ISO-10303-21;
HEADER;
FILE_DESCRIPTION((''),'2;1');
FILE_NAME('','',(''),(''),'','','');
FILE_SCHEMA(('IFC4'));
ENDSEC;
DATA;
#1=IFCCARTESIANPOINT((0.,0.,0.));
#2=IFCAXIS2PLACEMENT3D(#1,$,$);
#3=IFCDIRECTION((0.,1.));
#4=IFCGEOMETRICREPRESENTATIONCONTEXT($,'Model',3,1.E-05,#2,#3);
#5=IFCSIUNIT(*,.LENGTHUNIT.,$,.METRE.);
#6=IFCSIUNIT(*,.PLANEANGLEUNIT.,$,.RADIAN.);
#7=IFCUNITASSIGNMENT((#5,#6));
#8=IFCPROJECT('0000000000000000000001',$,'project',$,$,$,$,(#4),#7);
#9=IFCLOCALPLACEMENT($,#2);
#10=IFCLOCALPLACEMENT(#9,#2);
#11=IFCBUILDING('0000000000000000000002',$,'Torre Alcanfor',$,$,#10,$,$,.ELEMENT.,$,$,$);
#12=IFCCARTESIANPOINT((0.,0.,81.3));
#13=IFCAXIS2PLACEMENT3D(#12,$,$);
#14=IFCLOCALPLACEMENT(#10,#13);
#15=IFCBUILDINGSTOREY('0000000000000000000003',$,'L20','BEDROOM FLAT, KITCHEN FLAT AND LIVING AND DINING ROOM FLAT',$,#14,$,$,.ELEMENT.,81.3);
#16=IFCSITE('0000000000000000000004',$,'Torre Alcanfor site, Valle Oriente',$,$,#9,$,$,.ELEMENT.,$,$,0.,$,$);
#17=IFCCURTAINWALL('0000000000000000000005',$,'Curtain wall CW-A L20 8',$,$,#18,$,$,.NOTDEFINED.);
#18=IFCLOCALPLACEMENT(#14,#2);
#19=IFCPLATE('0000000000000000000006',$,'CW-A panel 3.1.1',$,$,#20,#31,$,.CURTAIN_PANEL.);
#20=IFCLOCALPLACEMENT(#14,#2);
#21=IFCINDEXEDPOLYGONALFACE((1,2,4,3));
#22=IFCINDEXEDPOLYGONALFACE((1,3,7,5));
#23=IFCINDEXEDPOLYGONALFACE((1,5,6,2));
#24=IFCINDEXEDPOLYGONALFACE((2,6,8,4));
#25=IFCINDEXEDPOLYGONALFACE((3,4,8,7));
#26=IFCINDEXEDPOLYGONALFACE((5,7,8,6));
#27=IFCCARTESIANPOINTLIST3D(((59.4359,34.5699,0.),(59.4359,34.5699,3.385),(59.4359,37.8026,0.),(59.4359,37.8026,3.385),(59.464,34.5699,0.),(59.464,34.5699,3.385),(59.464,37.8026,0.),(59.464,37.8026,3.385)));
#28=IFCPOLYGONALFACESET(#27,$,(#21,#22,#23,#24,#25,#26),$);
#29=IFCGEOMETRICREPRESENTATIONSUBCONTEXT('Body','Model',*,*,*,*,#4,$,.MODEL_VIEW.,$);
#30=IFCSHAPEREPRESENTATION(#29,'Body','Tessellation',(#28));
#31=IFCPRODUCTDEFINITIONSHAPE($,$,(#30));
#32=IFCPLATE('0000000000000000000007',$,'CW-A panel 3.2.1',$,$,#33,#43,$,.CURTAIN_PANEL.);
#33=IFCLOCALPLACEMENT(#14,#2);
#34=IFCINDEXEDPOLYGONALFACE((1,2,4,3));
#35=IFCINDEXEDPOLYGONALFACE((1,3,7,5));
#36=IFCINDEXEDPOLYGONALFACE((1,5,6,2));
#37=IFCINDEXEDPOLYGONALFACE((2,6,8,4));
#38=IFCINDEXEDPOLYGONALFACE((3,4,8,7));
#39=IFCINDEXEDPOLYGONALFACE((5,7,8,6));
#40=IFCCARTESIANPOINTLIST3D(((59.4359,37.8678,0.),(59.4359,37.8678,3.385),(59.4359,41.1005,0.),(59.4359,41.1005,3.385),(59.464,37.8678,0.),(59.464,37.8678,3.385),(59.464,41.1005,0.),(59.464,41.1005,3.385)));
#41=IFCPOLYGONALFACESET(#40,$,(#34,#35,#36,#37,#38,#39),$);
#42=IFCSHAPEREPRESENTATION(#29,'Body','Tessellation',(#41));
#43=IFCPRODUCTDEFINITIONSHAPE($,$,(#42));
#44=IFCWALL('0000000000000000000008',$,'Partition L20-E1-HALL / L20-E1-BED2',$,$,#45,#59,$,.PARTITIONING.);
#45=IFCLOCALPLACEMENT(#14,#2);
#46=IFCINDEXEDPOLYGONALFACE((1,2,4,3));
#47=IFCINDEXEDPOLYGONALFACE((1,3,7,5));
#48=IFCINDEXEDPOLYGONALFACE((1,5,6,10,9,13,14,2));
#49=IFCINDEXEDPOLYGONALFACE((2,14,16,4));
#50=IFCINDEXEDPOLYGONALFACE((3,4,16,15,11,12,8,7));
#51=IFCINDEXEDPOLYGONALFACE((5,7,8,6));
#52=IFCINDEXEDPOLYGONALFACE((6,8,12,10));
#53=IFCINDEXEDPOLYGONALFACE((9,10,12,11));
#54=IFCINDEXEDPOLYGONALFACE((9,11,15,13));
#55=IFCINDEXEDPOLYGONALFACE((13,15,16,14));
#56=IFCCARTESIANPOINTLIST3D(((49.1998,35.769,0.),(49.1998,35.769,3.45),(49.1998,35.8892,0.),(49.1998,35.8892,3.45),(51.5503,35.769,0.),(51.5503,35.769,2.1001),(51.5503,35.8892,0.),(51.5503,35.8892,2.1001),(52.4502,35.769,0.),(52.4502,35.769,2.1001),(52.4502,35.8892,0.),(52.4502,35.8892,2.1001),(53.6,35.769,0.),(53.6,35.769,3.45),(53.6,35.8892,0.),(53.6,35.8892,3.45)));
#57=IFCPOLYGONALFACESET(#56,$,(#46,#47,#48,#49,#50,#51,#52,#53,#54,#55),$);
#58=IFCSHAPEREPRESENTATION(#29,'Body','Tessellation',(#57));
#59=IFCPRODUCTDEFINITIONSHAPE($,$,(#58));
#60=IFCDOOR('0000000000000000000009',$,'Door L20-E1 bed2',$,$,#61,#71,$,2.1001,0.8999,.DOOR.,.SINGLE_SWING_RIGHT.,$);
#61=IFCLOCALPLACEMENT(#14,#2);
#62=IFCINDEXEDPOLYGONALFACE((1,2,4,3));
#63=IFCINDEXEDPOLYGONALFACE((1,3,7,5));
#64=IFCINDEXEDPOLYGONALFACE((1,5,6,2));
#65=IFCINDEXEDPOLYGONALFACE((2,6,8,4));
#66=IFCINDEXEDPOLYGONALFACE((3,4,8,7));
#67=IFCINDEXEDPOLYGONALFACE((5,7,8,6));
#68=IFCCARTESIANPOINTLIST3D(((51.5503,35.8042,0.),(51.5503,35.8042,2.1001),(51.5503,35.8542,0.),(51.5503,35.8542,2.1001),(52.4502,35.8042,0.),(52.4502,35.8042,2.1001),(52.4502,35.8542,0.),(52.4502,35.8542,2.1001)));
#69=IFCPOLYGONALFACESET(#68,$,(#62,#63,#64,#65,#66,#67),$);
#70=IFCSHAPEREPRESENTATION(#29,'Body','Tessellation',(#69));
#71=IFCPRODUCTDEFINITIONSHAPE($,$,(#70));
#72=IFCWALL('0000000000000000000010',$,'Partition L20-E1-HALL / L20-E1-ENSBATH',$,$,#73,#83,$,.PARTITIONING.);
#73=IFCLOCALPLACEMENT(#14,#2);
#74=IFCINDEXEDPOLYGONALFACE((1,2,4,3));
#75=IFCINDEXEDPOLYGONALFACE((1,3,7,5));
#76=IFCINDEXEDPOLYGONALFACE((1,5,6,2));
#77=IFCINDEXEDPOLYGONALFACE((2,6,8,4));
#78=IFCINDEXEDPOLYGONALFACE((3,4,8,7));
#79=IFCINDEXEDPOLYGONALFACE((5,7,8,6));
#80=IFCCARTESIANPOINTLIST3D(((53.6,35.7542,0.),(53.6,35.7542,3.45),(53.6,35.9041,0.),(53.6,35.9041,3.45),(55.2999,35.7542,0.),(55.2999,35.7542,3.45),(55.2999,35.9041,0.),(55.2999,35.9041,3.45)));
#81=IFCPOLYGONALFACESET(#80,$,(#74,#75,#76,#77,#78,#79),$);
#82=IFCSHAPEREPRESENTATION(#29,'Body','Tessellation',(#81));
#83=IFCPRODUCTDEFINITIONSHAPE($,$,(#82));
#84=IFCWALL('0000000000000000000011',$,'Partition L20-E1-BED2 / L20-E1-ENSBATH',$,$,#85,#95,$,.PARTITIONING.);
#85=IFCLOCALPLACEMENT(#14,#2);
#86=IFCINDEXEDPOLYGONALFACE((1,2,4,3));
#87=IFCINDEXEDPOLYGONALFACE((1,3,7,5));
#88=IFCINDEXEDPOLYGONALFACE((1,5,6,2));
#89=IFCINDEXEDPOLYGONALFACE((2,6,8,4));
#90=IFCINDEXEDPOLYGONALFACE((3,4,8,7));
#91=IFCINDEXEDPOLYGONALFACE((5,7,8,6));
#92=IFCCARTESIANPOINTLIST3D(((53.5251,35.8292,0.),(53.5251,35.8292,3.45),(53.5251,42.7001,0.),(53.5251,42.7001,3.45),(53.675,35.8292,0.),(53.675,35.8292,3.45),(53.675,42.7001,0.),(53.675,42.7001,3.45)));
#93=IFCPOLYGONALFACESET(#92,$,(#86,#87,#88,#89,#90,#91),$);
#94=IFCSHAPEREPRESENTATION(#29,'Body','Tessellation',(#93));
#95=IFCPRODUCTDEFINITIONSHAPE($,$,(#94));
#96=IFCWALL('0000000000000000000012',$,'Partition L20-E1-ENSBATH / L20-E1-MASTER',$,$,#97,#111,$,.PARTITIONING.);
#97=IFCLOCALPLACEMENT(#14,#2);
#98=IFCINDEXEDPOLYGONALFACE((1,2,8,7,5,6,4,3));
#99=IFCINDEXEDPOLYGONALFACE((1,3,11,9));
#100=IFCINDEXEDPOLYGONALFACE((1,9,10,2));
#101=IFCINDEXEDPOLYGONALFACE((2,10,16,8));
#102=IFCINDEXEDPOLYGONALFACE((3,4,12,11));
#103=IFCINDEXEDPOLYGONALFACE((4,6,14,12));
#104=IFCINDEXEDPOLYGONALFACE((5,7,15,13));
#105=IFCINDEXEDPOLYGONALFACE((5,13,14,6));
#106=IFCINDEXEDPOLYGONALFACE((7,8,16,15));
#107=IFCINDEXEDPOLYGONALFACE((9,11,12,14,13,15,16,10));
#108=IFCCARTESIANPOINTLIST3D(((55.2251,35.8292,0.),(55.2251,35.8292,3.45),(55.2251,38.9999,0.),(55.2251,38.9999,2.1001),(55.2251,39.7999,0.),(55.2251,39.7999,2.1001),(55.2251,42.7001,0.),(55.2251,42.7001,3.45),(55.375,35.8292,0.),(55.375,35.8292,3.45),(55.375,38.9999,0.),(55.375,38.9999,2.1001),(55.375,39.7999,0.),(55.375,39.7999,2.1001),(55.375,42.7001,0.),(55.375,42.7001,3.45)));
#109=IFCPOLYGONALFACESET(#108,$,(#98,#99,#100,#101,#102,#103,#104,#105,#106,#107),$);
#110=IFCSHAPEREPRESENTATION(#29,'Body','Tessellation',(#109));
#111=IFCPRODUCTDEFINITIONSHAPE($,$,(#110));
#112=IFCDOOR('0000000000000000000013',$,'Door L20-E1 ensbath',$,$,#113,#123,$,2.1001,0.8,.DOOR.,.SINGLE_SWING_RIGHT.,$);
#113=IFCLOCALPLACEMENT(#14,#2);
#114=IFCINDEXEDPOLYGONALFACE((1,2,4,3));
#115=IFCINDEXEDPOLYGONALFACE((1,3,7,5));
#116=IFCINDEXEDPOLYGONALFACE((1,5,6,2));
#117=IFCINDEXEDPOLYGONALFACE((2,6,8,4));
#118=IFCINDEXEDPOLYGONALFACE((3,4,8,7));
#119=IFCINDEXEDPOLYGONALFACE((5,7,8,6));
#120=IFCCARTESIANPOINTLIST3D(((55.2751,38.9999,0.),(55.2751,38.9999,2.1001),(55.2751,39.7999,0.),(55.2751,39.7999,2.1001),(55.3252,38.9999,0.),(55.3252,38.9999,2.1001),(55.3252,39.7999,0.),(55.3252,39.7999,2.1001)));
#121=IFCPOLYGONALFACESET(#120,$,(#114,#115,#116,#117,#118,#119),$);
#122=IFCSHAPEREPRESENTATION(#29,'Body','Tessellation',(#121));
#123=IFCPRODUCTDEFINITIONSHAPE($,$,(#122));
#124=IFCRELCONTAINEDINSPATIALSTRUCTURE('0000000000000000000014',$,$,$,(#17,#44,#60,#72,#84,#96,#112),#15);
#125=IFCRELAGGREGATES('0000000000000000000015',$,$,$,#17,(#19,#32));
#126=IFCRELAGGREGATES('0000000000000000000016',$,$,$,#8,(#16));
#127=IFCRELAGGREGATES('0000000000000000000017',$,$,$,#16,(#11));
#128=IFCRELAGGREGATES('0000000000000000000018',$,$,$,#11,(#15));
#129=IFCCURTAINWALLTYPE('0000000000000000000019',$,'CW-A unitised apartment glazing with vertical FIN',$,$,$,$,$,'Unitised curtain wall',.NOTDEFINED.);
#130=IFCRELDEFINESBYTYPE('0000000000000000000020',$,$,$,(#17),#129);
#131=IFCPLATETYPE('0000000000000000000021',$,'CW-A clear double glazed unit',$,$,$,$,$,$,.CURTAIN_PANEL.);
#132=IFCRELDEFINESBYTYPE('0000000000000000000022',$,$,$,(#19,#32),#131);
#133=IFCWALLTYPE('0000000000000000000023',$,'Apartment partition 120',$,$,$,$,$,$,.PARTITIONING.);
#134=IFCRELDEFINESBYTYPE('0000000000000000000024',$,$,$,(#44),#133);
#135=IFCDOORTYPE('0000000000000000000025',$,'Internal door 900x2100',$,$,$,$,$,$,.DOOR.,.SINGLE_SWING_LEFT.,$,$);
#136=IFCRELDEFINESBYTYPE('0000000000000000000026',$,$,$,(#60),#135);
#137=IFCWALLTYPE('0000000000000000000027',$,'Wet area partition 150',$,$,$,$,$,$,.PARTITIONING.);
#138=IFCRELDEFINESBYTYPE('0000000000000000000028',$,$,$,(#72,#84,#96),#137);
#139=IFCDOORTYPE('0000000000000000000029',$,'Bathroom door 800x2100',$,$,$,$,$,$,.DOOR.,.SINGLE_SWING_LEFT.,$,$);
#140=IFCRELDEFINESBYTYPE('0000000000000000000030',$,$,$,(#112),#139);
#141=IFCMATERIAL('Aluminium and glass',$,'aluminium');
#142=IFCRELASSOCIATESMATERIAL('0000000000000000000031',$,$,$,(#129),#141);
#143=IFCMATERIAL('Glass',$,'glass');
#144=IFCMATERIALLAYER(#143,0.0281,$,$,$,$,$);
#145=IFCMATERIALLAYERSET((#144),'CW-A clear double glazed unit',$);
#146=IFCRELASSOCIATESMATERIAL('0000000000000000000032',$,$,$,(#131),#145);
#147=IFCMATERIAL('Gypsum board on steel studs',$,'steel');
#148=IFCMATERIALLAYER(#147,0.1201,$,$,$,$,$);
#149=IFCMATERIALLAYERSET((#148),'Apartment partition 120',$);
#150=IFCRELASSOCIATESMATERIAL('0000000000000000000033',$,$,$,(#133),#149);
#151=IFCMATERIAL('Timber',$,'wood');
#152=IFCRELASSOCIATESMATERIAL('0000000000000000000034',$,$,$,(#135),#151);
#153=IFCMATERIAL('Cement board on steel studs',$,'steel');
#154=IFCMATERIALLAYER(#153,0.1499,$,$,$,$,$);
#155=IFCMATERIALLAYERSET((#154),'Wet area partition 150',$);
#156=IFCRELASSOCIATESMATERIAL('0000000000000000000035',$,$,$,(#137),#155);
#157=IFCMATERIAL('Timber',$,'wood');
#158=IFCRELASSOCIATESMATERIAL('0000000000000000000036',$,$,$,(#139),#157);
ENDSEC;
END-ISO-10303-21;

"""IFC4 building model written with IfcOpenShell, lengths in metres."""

from ifc_helpers import new_model, si_unit, direction, frame, frame_2d, origin, origin_2d, place, context, subcontext, project, spatial, rectangle, extrude, material, layer, layer_set, type_object, element, fill, aggregate, save


model = new_model("IFC4")

# Units and contexts
model_context = context("Model", 3, precision=1e-05, world=origin(), true_north=direction((0.0, 1.0)))
body_context = subcontext(model_context, "Body", "Model", "MODEL_VIEW")
ifc_project = project(units=[si_unit("LENGTHUNIT", "METRE"), si_unit("PLANEANGLEUNIT", "RADIAN")], contexts=[model_context])

# Site, building, storey
site_placement = place(None, origin())
site = spatial("IfcSite", under=ifc_project, at=site_placement, Name="Torre Alcanfor site, Valle Oriente", CompositionType="ELEMENT", RefElevation=0.0)
building_placement = place(site_placement, origin())
building = spatial("IfcBuilding", under=site, at=building_placement, Name="Torre Alcanfor", CompositionType="ELEMENT")
storey_placement = place(building_placement, frame((0.0, 0.0, 81.3)))
storey = spatial("IfcBuildingStorey", under=building, at=storey_placement, Name="L20", Description="BEDROOM FLAT, KITCHEN FLAT AND LIVING AND DINING ROOM FLAT", CompositionType="ELEMENT", Elevation=81.3)

# Curtain wall
ifc_material_1 = material(Name="Aluminium and glass", Category="aluminium")
curtain_wall_type = type_object("IfcCurtainWallType", Name="CW-A unitised apartment glazing with vertical FIN", ElementType="Unitised curtain wall", PredefinedType="NOTDEFINED", material=ifc_material_1)
curtain_wall_placement = place(storey_placement, origin())
curtain_wall = element("IfcCurtainWall", 1, at=curtain_wall_placement, inside=storey, type_object=curtain_wall_type, Name="Curtain wall CW-A L20 8", PredefinedType="NOTDEFINED")

# Plates
ifc_material_2 = material(Name="Glass", Category="glass")
ifc_layer_1 = layer(ifc_material_2, 0.0281)
ifc_layer_set_1 = layer_set([ifc_layer_1], Name="CW-A clear double glazed unit")
plate_type = type_object("IfcPlateType", Name="CW-A clear double glazed unit", PredefinedType="CURTAIN_PANEL", material=ifc_layer_set_1)
plate_1_placement = place(storey_placement, frame((59.45, 36.1863, 0.0), z_axis=(0.0, 0.0, 1.0), x_axis=(0.0, 1.0, 0.0)))
plate_1 = element("IfcPlate", 2, at=plate_1_placement, type_object=plate_type, Name="CW-A panel 3.1.1", PredefinedType="CURTAIN_PANEL", context=body_context, shape_type="SweptSolid", body=[
    extrude(rectangle(XDim=3.2327, YDim=0.0281, at=origin_2d()), origin(), (0.0, 0.0, 1.0), 3.385),
])
plate_2_placement = place(storey_placement, frame((59.45, 39.4841, 0.0), z_axis=(0.0, 0.0, 1.0), x_axis=(0.0, 1.0, 0.0)))
plate_2 = element("IfcPlate", 3, at=plate_2_placement, type_object=plate_type, Name="CW-A panel 3.2.1", PredefinedType="CURTAIN_PANEL", context=body_context, shape_type="SweptSolid", body=[
    extrude(rectangle(XDim=3.2327, YDim=0.0281, at=origin_2d()), origin(), (0.0, 0.0, 1.0), 3.385),
])
aggregate(curtain_wall, [plate_1, plate_2])

# Wall, opening, door
ifc_material_3 = material(Name="Gypsum board on steel studs", Category="steel")
ifc_layer_2 = layer(ifc_material_3, 0.1201)
ifc_layer_set_2 = layer_set([ifc_layer_2], Name="Apartment partition 120")
wall_type_1 = type_object("IfcWallType", Name="Apartment partition 120", PredefinedType="PARTITIONING", material=ifc_layer_set_2)
wall_1_placement = place(storey_placement, frame((53.6001, 35.8291, 0.0), z_axis=(0.0, 0.0, 1.0), x_axis=(-1.0, 0.0, 0.0)))
wall_1 = element("IfcWall", 4, at=wall_1_placement, inside=storey, type_object=wall_type_1, Name="Partition L20-E1-HALL / L20-E1-BED2", PredefinedType="PARTITIONING", context=body_context, shape_type="SweptSolid", body=[
    extrude(rectangle(XDim=4.4001, YDim=0.1201, at=frame_2d((2.2002, 0.0))), origin(), (0.0, 0.0, 1.0), 3.45),
])
opening_1_placement = place(wall_1_placement, frame((1.1499, 0.0, 0.0)))
opening_1 = element("IfcOpeningElement", 5, at=opening_1_placement, cuts=wall_1, PredefinedType="OPENING", context=body_context, shape_type="SweptSolid", body=[
    extrude(rectangle(XDim=0.8999, YDim=2.1001, at=frame_2d((0.45, 1.05))), frame((0.0, 0.0701, 0.0), z_axis=(0.0, -1.0, 0.0), x_axis=(1.0, 0.0, 0.0)), (0.0, 0.0, 1.0), 0.1401),
])
ifc_material_4 = material(Name="Timber", Category="wood")
door_type_1 = type_object("IfcDoorType", Name="Internal door 900x2100", OperationType="SINGLE_SWING_LEFT", PredefinedType="DOOR", material=ifc_material_4)
door_1_placement = place(opening_1_placement, frame((0.8999, 0.0, 0.0), z_axis=(0.0, 0.0, 1.0), x_axis=(-1.0, 0.0, 0.0)))
door_1 = element("IfcDoor", 6, at=door_1_placement, inside=storey, type_object=door_type_1, Name="Door L20-E1 bed2", OperationType="SINGLE_SWING_RIGHT", OverallHeight=2.1001, OverallWidth=0.8999, PredefinedType="DOOR", context=body_context, shape_type="SweptSolid", body=[
    extrude(rectangle(XDim=0.8999, YDim=2.1001, at=frame_2d((0.45, 1.05))), frame((0.0, 0.0251, 0.0), z_axis=(0.0, -1.0, 0.0), x_axis=(1.0, 0.0, 0.0)), (0.0, 0.0, 1.0), 0.05),
])
fill(opening_1, door_1)

# Walls
ifc_material_5 = material(Name="Cement board on steel studs", Category="steel")
ifc_layer_3 = layer(ifc_material_5, 0.1499)
ifc_layer_set_3 = layer_set([ifc_layer_3], Name="Wet area partition 150")
wall_type_2 = type_object("IfcWallType", Name="Wet area partition 150", PredefinedType="PARTITIONING", material=ifc_layer_set_3)
wall_2_placement = place(storey_placement, frame((55.3, 35.8291, 0.0), z_axis=(0.0, 0.0, 1.0), x_axis=(-1.0, 0.0, 0.0)))
element("IfcWall", 7, at=wall_2_placement, inside=storey, type_object=wall_type_2, Name="Partition L20-E1-HALL / L20-E1-ENSBATH", PredefinedType="PARTITIONING", context=body_context, shape_type="SweptSolid", body=[
    extrude(rectangle(XDim=1.7, YDim=0.1499, at=frame_2d((0.8501, 0.0))), origin(), (0.0, 0.0, 1.0), 3.45),
])
wall_3_placement = place(storey_placement, frame((53.6001, 35.8291, 0.0), z_axis=(0.0, 0.0, 1.0), x_axis=(0.0, 1.0, 0.0)))
element("IfcWall", 8, at=wall_3_placement, inside=storey, type_object=wall_type_2, Name="Partition L20-E1-BED2 / L20-E1-ENSBATH", PredefinedType="PARTITIONING", context=body_context, shape_type="SweptSolid", body=[
    extrude(rectangle(XDim=6.8708, YDim=0.1499, at=frame_2d((3.4355, 0.0))), origin(), (0.0, 0.0, 1.0), 3.45),
])

# Wall, opening, door
wall_4_placement = place(storey_placement, frame((55.3, 35.8291, 0.0), z_axis=(0.0, 0.0, 1.0), x_axis=(0.0, 1.0, 0.0)))
wall_4 = element("IfcWall", 9, at=wall_4_placement, inside=storey, type_object=wall_type_2, Name="Partition L20-E1-ENSBATH / L20-E1-MASTER", PredefinedType="PARTITIONING", context=body_context, shape_type="SweptSolid", body=[
    extrude(rectangle(XDim=6.8708, YDim=0.1499, at=frame_2d((3.4355, 0.0))), origin(), (0.0, 0.0, 1.0), 3.45),
])
opening_2_placement = place(wall_4_placement, frame((3.1709, 0.0, 0.0)))
opening_2 = element("IfcOpeningElement", 10, at=opening_2_placement, cuts=wall_4, PredefinedType="OPENING", context=body_context, shape_type="SweptSolid", body=[
    extrude(rectangle(XDim=0.8, YDim=2.1001, at=frame_2d((0.3999, 1.05))), frame((0.0, 0.085, 0.0), z_axis=(0.0, -1.0, 0.0), x_axis=(1.0, 0.0, 0.0)), (0.0, 0.0, 1.0), 0.1699),
])
ifc_material_6 = material(Name="Timber", Category="wood")
door_type_2 = type_object("IfcDoorType", Name="Bathroom door 800x2100", OperationType="SINGLE_SWING_LEFT", PredefinedType="DOOR", material=ifc_material_6)
door_2_placement = place(opening_2_placement, origin())
door_2 = element("IfcDoor", 11, at=door_2_placement, inside=storey, type_object=door_type_2, Name="Door L20-E1 ensbath", OperationType="SINGLE_SWING_RIGHT", OverallHeight=2.1001, OverallWidth=0.8, PredefinedType="DOOR", context=body_context, shape_type="SweptSolid", body=[
    extrude(rectangle(XDim=0.8, YDim=2.1001, at=frame_2d((0.3999, 1.05))), frame((0.0, 0.0249, 0.0), z_axis=(0.0, -1.0, 0.0), x_axis=(1.0, 0.0, 0.0)), (0.0, 0.0, 1.0), 0.05),
])
fill(opening_2, door_2)

save(model, "model.ifc")
